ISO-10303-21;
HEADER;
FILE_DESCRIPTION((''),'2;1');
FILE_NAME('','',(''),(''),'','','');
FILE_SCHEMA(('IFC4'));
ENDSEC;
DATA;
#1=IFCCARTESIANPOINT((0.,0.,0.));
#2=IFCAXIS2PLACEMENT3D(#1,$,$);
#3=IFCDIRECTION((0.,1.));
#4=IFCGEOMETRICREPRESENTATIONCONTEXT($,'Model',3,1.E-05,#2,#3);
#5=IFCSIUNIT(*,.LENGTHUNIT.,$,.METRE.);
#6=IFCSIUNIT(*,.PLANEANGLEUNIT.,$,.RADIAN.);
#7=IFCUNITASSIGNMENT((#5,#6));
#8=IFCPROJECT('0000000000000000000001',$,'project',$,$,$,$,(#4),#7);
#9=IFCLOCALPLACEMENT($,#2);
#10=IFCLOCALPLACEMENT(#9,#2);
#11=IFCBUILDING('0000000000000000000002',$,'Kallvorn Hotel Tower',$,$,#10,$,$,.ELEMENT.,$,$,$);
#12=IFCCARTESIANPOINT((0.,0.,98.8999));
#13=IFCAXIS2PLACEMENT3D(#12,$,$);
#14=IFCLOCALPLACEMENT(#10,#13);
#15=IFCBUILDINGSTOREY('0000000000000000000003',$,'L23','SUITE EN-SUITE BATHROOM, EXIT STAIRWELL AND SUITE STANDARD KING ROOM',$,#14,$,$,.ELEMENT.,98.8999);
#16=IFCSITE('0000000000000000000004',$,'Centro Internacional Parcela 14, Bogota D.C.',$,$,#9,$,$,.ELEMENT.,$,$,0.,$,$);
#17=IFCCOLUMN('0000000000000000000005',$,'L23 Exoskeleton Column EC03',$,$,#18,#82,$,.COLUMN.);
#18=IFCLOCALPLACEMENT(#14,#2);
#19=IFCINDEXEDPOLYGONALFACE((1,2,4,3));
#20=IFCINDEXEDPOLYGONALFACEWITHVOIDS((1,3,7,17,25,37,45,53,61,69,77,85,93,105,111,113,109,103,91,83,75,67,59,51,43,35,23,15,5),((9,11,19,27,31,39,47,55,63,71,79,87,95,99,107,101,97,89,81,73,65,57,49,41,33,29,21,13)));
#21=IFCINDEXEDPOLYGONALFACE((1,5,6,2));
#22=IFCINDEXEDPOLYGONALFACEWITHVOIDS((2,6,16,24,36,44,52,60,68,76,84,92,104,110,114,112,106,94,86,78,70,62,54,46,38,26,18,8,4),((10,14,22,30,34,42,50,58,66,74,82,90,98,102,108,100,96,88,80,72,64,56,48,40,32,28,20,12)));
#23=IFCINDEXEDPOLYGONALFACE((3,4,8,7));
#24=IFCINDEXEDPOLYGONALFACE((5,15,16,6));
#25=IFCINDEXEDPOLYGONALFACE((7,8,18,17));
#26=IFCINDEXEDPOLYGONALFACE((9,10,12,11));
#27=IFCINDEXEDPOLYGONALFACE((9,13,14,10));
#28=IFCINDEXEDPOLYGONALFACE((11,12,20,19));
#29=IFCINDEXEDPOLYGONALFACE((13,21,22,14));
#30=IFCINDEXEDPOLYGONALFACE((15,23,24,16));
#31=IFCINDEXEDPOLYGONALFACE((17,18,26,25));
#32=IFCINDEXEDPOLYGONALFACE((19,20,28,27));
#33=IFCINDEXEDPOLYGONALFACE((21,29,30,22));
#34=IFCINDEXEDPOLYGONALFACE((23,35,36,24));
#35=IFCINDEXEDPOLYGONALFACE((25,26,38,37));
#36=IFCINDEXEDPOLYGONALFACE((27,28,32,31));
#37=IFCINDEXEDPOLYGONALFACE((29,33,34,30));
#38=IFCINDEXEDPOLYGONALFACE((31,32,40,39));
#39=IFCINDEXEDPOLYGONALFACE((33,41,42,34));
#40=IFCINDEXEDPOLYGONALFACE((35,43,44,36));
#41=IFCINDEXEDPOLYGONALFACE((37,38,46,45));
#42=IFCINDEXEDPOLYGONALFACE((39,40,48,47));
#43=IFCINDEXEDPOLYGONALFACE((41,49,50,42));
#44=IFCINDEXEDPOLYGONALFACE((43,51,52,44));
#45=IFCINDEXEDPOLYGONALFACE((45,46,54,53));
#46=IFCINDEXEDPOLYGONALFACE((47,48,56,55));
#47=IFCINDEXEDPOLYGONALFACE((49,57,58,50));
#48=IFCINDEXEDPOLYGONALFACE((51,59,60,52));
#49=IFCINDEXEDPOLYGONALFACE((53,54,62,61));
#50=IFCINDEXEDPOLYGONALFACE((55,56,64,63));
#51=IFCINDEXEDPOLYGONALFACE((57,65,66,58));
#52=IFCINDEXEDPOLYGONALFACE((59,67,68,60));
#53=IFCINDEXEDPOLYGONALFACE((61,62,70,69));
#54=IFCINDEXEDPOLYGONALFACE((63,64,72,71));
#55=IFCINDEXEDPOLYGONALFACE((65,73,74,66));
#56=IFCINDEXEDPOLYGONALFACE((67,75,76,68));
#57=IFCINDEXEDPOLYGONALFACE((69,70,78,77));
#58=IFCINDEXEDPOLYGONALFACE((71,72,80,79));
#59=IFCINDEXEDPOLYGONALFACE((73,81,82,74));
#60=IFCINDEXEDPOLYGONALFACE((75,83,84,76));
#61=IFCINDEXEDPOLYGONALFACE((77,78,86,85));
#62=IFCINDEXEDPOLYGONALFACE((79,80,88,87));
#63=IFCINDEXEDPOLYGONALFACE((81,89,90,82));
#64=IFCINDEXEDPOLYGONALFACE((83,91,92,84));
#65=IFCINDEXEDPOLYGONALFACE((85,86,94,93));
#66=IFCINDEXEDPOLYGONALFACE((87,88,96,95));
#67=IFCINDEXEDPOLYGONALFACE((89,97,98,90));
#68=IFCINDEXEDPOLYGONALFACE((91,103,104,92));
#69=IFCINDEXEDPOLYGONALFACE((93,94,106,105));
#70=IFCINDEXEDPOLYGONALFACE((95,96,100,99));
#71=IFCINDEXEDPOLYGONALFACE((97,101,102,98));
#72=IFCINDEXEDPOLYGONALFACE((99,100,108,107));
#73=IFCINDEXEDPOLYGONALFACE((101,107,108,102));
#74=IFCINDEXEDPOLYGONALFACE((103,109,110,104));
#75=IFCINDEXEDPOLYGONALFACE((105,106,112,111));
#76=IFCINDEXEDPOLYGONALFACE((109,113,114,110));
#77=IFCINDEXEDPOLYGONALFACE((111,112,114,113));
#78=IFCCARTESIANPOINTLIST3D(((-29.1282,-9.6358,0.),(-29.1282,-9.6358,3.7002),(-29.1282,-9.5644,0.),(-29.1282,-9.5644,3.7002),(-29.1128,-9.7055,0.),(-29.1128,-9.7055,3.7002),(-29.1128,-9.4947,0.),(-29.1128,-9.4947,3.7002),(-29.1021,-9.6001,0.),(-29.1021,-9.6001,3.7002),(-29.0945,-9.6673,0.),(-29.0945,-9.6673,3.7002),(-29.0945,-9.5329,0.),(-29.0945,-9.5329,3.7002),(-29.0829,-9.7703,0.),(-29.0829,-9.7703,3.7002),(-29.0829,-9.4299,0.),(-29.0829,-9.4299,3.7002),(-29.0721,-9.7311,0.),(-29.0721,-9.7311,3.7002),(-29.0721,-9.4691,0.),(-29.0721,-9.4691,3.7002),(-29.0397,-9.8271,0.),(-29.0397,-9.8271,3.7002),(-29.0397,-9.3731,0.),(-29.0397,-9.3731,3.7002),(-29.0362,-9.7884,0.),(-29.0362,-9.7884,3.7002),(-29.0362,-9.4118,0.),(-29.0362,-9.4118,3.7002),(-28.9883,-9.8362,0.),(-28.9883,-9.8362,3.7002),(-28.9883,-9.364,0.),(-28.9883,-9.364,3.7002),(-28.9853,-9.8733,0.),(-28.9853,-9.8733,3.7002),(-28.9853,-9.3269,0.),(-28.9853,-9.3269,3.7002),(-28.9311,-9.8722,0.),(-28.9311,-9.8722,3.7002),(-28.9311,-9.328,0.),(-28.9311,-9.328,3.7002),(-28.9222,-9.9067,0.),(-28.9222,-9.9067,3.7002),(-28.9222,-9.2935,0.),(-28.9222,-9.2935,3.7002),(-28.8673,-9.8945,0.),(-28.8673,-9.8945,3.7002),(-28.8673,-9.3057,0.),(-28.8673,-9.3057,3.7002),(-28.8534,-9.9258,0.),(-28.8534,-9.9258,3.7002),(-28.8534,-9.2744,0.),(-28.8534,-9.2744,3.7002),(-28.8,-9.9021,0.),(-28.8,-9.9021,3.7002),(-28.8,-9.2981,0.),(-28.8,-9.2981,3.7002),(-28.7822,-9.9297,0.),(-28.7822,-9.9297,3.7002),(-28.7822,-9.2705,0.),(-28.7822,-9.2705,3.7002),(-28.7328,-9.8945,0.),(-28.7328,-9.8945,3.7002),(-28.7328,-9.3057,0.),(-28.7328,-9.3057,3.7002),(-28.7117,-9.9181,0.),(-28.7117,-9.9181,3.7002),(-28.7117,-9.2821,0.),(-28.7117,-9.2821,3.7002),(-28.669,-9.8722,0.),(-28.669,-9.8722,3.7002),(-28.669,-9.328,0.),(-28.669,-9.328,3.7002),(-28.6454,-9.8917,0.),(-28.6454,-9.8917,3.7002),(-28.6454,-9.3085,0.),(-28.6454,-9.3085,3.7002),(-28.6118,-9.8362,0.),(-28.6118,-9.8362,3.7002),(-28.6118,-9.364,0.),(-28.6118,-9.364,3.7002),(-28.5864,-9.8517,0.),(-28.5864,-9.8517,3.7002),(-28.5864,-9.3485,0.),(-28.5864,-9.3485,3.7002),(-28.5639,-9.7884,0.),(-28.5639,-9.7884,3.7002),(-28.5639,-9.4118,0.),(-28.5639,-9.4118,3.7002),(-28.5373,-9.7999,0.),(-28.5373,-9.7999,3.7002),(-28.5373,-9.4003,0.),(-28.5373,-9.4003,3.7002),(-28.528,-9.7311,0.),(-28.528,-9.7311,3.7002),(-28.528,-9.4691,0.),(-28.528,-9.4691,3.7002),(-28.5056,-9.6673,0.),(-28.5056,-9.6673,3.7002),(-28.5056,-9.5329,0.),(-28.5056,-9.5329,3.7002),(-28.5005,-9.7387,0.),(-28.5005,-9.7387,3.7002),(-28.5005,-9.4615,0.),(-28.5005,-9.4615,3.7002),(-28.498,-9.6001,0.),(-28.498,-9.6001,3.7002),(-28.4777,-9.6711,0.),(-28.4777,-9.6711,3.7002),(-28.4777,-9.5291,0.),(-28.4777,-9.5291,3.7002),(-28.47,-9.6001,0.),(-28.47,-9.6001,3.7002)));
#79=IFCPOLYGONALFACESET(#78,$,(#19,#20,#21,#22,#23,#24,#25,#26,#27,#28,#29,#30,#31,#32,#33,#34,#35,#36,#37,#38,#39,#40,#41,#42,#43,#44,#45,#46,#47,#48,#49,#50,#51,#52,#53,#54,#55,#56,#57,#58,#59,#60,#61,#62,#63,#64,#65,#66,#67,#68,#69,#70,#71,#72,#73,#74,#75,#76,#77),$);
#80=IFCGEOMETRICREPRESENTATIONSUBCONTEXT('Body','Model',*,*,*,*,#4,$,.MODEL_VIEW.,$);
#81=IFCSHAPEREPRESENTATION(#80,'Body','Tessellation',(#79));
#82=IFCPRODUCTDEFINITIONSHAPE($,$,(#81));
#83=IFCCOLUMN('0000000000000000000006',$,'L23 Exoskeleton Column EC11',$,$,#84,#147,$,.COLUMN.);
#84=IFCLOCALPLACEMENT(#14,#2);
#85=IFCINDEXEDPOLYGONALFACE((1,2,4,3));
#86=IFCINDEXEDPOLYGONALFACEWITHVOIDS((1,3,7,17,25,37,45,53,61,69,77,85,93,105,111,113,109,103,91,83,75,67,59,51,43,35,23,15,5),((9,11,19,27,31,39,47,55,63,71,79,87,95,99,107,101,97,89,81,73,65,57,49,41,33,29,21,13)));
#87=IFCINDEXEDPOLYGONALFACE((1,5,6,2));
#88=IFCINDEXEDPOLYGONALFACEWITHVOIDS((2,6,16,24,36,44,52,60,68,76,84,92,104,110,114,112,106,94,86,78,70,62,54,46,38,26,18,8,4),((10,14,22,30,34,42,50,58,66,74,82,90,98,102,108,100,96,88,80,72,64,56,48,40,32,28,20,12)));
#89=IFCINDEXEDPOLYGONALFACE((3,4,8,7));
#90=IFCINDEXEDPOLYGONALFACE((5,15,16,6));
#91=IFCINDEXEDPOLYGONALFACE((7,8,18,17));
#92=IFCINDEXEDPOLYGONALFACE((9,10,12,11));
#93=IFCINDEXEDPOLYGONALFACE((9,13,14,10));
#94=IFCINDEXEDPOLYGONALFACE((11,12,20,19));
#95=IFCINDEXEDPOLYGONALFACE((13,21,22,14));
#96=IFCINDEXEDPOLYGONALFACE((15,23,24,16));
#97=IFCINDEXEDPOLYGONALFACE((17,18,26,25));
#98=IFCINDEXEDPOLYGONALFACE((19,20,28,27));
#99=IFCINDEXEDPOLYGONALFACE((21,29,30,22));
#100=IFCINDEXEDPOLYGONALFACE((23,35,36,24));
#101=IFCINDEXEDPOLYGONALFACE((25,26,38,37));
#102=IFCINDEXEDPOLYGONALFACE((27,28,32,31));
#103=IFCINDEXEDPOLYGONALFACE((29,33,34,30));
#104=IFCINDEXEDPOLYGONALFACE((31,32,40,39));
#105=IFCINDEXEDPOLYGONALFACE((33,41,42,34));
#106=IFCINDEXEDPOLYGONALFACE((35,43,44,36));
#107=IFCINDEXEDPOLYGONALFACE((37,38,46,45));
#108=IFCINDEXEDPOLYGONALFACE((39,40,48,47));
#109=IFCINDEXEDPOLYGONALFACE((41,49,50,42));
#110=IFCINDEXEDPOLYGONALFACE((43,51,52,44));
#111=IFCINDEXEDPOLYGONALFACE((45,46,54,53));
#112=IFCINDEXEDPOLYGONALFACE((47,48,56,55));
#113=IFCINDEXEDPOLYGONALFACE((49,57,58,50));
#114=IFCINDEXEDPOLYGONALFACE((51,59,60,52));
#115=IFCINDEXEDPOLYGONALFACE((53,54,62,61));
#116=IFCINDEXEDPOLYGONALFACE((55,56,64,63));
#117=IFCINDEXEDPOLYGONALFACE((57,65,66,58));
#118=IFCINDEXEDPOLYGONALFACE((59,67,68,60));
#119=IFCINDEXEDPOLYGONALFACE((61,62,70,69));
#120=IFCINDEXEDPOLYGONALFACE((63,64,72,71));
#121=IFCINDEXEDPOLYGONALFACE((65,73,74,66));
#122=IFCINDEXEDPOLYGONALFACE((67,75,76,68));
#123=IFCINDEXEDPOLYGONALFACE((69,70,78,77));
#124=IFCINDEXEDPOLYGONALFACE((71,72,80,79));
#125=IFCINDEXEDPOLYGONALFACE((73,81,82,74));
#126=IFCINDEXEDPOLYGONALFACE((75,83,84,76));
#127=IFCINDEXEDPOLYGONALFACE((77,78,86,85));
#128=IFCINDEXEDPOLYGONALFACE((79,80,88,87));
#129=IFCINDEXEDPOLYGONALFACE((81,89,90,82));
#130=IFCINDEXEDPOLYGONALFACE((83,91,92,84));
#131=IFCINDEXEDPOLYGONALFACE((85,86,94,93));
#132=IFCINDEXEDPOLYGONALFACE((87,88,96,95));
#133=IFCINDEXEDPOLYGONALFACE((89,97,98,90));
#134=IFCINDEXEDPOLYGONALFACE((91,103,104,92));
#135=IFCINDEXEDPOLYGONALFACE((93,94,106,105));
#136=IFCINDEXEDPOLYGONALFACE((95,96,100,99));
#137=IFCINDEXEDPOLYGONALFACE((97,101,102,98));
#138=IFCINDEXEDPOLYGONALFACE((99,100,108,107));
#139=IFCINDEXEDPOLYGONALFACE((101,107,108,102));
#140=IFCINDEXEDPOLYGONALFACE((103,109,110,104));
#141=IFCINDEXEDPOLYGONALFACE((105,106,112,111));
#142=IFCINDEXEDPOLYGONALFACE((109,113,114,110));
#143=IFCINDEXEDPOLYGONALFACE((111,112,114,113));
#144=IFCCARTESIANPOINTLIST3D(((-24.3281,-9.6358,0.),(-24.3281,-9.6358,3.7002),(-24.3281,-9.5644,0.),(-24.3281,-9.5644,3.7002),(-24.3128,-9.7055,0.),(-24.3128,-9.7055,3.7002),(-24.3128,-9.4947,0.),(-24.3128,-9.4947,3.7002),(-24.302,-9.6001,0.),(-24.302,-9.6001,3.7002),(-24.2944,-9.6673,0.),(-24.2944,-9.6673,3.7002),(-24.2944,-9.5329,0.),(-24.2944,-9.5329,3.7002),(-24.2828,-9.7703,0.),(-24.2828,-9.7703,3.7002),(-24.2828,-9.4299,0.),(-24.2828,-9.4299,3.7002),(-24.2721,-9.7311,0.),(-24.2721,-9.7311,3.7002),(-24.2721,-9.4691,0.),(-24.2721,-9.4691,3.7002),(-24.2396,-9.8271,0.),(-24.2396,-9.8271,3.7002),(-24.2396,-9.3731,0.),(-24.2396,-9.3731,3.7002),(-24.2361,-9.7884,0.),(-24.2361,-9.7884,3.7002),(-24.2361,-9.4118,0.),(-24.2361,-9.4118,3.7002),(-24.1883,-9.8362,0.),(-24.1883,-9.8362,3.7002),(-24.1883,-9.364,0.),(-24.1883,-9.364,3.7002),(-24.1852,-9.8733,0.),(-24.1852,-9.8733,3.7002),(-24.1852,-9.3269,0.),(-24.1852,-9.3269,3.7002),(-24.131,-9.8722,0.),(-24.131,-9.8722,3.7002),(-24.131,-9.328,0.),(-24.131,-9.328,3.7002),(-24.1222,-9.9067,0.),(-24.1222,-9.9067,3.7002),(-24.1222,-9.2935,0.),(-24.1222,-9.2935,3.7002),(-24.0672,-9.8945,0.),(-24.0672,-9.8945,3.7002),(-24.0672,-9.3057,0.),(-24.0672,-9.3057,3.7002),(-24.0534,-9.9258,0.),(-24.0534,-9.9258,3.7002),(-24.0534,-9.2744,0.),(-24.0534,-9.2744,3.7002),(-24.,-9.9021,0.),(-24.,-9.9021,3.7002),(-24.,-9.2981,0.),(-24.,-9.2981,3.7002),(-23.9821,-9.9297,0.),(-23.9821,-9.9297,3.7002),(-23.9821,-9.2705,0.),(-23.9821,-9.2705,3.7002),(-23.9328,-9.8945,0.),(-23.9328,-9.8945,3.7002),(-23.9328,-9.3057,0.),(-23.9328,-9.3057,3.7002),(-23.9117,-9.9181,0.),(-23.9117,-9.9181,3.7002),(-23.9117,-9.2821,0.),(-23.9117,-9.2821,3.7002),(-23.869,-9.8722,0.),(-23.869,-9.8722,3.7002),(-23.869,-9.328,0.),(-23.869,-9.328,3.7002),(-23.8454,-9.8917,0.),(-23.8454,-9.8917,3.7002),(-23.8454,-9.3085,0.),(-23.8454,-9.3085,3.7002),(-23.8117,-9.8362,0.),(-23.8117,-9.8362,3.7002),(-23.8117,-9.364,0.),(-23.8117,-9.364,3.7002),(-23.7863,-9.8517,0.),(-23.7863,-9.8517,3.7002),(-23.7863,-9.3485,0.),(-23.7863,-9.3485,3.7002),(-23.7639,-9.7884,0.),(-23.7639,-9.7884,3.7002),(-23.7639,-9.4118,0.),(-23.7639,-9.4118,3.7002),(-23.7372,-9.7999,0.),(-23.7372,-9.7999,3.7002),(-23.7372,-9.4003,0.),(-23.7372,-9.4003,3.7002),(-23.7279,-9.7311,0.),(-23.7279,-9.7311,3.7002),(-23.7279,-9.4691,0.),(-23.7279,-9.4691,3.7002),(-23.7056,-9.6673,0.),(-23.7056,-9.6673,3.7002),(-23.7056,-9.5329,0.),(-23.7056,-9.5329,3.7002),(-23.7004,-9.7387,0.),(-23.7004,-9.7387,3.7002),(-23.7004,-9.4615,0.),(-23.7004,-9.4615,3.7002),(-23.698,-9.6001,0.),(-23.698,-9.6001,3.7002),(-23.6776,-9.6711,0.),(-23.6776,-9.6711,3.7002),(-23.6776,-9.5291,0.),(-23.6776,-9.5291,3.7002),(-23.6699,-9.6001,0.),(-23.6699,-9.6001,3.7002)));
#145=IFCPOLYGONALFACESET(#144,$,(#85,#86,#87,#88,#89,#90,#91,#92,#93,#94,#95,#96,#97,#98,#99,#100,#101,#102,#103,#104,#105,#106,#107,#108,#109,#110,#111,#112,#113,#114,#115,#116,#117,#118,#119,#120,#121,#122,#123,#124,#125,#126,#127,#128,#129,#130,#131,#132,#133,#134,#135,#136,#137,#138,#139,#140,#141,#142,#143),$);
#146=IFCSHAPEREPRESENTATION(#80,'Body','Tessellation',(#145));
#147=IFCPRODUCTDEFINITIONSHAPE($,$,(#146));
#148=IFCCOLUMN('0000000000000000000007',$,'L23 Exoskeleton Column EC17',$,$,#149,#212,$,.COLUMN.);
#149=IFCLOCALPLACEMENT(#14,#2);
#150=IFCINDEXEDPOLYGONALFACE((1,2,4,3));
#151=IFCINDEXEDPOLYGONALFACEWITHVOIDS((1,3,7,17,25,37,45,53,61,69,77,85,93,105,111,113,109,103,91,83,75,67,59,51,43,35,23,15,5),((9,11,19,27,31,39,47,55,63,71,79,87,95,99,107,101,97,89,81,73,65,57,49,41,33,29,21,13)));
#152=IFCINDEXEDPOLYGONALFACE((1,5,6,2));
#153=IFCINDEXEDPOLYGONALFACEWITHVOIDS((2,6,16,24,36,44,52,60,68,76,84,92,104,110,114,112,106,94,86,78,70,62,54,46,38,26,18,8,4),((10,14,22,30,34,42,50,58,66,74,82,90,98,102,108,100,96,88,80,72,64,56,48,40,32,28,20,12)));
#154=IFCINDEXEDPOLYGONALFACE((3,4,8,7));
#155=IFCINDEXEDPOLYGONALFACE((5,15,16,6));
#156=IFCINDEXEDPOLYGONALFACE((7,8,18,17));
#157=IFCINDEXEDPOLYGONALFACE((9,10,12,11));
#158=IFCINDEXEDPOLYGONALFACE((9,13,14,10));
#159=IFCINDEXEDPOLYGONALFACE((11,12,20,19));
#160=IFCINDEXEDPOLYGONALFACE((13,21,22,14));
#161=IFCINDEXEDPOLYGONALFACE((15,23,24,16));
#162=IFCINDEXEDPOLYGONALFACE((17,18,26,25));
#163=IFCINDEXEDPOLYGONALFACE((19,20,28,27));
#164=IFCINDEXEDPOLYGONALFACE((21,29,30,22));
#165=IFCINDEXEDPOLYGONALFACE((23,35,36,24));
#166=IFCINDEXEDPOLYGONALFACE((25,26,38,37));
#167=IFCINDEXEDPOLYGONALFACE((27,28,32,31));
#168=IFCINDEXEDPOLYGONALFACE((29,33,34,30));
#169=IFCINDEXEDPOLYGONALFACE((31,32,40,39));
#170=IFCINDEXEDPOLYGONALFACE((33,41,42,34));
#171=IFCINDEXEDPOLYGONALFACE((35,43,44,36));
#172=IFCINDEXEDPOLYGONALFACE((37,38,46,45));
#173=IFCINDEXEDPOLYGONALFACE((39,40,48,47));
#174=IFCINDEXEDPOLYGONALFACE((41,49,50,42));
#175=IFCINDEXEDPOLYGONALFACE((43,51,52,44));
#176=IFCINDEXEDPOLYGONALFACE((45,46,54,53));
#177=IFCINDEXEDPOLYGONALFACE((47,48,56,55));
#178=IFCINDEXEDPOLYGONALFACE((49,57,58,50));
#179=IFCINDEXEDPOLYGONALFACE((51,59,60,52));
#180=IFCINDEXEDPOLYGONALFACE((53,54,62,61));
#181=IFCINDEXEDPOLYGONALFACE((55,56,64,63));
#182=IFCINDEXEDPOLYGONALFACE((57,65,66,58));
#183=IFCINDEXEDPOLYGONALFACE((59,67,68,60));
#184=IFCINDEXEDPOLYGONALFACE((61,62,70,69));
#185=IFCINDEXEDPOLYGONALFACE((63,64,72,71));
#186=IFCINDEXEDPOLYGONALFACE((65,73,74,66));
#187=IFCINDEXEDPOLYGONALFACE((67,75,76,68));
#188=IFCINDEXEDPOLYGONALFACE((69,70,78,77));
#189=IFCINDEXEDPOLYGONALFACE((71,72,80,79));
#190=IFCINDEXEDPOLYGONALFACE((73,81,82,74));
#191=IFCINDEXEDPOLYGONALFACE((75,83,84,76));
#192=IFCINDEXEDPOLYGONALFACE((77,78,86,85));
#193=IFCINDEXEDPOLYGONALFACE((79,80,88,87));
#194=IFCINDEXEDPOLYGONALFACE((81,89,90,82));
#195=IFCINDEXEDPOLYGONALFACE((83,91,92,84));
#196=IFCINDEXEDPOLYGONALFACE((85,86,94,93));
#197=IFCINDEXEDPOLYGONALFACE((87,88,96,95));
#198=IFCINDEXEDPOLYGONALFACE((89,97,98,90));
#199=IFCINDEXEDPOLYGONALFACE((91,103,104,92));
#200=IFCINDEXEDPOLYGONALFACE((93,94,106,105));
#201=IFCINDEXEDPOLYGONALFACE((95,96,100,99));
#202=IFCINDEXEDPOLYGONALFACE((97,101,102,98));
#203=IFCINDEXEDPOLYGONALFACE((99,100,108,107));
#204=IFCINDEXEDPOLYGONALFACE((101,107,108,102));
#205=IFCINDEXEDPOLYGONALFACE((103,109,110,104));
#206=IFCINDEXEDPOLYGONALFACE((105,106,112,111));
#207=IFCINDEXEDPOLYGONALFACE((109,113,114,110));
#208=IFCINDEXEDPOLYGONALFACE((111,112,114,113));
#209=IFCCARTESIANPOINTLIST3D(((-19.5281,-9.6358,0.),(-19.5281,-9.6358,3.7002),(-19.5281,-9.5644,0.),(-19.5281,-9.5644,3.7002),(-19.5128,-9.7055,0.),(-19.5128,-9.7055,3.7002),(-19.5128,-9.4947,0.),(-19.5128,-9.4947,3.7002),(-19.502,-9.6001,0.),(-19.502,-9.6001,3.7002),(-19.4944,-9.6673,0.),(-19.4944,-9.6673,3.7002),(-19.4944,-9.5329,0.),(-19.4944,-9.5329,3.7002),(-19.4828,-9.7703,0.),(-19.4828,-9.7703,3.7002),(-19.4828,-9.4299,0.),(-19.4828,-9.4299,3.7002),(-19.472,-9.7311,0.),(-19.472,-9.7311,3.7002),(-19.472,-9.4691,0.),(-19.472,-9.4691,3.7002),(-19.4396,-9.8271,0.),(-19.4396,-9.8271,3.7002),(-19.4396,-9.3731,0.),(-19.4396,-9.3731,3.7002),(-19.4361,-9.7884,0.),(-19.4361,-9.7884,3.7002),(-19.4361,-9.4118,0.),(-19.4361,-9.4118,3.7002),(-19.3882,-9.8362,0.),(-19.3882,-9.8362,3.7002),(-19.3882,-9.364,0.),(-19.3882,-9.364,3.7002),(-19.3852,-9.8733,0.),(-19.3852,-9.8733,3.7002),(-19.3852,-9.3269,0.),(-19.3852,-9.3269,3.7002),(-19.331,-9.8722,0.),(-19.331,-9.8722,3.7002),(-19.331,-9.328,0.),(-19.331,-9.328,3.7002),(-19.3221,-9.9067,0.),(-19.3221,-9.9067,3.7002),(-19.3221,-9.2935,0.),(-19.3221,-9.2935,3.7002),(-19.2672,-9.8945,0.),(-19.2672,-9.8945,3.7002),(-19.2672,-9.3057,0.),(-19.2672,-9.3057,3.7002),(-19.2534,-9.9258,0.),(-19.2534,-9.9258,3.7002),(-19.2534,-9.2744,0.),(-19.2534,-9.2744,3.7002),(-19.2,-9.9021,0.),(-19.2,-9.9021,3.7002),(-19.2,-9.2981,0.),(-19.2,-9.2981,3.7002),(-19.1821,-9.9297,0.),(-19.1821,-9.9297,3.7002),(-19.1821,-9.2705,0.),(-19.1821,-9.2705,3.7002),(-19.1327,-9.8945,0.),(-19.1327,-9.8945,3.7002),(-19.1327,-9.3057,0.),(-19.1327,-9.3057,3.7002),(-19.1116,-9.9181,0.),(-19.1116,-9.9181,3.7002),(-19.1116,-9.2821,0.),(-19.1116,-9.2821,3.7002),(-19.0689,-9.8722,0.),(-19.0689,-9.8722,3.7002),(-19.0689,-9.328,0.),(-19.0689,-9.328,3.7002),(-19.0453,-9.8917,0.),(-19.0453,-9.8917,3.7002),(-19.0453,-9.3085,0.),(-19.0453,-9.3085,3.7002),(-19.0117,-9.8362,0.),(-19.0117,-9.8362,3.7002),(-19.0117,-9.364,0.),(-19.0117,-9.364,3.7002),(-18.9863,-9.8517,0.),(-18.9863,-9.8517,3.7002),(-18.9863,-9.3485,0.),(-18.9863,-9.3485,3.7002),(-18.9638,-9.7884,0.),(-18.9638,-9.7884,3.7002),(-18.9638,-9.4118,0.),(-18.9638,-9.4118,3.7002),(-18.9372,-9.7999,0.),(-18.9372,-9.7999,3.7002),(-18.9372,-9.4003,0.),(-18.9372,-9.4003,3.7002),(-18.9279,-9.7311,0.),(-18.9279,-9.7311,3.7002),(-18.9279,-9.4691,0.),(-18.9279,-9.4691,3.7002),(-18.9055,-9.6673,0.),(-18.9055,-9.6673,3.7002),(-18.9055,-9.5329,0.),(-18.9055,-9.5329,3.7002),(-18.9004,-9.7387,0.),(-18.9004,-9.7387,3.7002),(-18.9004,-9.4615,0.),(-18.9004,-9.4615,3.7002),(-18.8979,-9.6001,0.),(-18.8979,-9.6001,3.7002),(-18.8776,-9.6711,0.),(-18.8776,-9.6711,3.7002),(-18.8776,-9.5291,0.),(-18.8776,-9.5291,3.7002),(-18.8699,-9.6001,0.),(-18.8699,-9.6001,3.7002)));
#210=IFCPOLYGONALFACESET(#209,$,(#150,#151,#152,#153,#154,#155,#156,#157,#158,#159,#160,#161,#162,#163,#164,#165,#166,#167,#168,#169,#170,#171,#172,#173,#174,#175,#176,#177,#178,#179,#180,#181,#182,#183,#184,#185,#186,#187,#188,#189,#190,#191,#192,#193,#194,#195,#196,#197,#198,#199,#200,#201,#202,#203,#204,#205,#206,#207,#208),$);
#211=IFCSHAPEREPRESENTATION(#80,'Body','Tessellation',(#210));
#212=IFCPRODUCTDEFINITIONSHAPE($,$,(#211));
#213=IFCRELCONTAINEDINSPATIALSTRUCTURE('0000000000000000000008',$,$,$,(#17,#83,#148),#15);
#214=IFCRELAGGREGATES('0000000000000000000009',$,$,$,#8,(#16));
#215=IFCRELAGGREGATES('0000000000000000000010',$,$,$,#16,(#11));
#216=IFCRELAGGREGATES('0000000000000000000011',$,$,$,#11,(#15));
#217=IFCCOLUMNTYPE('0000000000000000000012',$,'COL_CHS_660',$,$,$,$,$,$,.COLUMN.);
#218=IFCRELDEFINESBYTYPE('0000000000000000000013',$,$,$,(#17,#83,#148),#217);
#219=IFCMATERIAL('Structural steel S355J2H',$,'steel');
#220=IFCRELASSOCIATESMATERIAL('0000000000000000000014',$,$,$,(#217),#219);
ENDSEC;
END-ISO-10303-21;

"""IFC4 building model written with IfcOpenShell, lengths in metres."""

from ifc_helpers import new_model, si_unit, direction, frame, origin, origin_2d, place, context, subcontext, project, spatial, hollow_circle, extrude, material, material_profile, profile_set, type_object, element, save


model = new_model("IFC4")

# Units and contexts
model_context = context("Model", 3, precision=1e-05, world=origin(), true_north=direction((0.0, 1.0)))
body_context = subcontext(model_context, "Body", "Model", "MODEL_VIEW")
ifc_project = project(units=[si_unit("LENGTHUNIT", "METRE"), si_unit("PLANEANGLEUNIT", "RADIAN")], contexts=[model_context])

# Site, building, storey
site_placement = place(None, origin())
site = spatial("IfcSite", under=ifc_project, at=site_placement, Name="Centro Internacional Parcela 14, Bogota D.C.", CompositionType="ELEMENT", RefElevation=0.0)
building_placement = place(site_placement, origin())
building = spatial("IfcBuilding", under=site, at=building_placement, Name="Kallvorn Hotel Tower", CompositionType="ELEMENT")
storey_placement = place(building_placement, frame((0.0, 0.0, 98.8999)))
storey = spatial("IfcBuildingStorey", under=building, at=storey_placement, Name="L23", Description="SUITE EN-SUITE BATHROOM, EXIT STAIRWELL AND SUITE STANDARD KING ROOM", CompositionType="ELEMENT", Elevation=98.8999)

# Columns
ifc_material_1 = material(Name="Structural steel S355J2H", Category="steel")
ifc_material_profile_1 = material_profile(ifc_material_1, hollow_circle(Radius=0.3301, WallThickness=0.0281, at=origin_2d()), Name="CHS 660x28")
ifc_profile_set_1 = profile_set([ifc_material_profile_1], Name="Structural steel S355J2H")
column_type_1 = type_object("IfcColumnType", Name="COL_CHS_660", PredefinedType="COLUMN", material=ifc_profile_set_1)
for number, where, z_axis, x_axis, name in (
    (1, (-28.8, -9.6001, 0.0), (0.0, 0.0, 1.0), (1.0, 0.0, 0.0), "L23 Exoskeleton Column EC03"),
    (2, (-24.0, -9.6001, 0.0), (0.0, 0.0, 1.0), (1.0, 0.0, 0.0), "L23 Exoskeleton Column EC11"),
    (3, (-19.2, -9.6001, 0.0), (0.0, 0.0, 1.0), (1.0, 0.0, 0.0), "L23 Exoskeleton Column EC17"),
):
    element("IfcColumn", number, at=place(storey_placement, frame(where, z_axis=z_axis, x_axis=x_axis)), inside=storey, type_object=column_type_1, Name=name, PredefinedType="COLUMN", context=body_context, shape_type="SweptSolid", body=[
        extrude(hollow_circle(Radius=0.3301, WallThickness=0.0281, at=origin_2d()), origin(), (0.0, 0.0, 1.0), 3.7002),
    ])

save(model, "model.ifc")
